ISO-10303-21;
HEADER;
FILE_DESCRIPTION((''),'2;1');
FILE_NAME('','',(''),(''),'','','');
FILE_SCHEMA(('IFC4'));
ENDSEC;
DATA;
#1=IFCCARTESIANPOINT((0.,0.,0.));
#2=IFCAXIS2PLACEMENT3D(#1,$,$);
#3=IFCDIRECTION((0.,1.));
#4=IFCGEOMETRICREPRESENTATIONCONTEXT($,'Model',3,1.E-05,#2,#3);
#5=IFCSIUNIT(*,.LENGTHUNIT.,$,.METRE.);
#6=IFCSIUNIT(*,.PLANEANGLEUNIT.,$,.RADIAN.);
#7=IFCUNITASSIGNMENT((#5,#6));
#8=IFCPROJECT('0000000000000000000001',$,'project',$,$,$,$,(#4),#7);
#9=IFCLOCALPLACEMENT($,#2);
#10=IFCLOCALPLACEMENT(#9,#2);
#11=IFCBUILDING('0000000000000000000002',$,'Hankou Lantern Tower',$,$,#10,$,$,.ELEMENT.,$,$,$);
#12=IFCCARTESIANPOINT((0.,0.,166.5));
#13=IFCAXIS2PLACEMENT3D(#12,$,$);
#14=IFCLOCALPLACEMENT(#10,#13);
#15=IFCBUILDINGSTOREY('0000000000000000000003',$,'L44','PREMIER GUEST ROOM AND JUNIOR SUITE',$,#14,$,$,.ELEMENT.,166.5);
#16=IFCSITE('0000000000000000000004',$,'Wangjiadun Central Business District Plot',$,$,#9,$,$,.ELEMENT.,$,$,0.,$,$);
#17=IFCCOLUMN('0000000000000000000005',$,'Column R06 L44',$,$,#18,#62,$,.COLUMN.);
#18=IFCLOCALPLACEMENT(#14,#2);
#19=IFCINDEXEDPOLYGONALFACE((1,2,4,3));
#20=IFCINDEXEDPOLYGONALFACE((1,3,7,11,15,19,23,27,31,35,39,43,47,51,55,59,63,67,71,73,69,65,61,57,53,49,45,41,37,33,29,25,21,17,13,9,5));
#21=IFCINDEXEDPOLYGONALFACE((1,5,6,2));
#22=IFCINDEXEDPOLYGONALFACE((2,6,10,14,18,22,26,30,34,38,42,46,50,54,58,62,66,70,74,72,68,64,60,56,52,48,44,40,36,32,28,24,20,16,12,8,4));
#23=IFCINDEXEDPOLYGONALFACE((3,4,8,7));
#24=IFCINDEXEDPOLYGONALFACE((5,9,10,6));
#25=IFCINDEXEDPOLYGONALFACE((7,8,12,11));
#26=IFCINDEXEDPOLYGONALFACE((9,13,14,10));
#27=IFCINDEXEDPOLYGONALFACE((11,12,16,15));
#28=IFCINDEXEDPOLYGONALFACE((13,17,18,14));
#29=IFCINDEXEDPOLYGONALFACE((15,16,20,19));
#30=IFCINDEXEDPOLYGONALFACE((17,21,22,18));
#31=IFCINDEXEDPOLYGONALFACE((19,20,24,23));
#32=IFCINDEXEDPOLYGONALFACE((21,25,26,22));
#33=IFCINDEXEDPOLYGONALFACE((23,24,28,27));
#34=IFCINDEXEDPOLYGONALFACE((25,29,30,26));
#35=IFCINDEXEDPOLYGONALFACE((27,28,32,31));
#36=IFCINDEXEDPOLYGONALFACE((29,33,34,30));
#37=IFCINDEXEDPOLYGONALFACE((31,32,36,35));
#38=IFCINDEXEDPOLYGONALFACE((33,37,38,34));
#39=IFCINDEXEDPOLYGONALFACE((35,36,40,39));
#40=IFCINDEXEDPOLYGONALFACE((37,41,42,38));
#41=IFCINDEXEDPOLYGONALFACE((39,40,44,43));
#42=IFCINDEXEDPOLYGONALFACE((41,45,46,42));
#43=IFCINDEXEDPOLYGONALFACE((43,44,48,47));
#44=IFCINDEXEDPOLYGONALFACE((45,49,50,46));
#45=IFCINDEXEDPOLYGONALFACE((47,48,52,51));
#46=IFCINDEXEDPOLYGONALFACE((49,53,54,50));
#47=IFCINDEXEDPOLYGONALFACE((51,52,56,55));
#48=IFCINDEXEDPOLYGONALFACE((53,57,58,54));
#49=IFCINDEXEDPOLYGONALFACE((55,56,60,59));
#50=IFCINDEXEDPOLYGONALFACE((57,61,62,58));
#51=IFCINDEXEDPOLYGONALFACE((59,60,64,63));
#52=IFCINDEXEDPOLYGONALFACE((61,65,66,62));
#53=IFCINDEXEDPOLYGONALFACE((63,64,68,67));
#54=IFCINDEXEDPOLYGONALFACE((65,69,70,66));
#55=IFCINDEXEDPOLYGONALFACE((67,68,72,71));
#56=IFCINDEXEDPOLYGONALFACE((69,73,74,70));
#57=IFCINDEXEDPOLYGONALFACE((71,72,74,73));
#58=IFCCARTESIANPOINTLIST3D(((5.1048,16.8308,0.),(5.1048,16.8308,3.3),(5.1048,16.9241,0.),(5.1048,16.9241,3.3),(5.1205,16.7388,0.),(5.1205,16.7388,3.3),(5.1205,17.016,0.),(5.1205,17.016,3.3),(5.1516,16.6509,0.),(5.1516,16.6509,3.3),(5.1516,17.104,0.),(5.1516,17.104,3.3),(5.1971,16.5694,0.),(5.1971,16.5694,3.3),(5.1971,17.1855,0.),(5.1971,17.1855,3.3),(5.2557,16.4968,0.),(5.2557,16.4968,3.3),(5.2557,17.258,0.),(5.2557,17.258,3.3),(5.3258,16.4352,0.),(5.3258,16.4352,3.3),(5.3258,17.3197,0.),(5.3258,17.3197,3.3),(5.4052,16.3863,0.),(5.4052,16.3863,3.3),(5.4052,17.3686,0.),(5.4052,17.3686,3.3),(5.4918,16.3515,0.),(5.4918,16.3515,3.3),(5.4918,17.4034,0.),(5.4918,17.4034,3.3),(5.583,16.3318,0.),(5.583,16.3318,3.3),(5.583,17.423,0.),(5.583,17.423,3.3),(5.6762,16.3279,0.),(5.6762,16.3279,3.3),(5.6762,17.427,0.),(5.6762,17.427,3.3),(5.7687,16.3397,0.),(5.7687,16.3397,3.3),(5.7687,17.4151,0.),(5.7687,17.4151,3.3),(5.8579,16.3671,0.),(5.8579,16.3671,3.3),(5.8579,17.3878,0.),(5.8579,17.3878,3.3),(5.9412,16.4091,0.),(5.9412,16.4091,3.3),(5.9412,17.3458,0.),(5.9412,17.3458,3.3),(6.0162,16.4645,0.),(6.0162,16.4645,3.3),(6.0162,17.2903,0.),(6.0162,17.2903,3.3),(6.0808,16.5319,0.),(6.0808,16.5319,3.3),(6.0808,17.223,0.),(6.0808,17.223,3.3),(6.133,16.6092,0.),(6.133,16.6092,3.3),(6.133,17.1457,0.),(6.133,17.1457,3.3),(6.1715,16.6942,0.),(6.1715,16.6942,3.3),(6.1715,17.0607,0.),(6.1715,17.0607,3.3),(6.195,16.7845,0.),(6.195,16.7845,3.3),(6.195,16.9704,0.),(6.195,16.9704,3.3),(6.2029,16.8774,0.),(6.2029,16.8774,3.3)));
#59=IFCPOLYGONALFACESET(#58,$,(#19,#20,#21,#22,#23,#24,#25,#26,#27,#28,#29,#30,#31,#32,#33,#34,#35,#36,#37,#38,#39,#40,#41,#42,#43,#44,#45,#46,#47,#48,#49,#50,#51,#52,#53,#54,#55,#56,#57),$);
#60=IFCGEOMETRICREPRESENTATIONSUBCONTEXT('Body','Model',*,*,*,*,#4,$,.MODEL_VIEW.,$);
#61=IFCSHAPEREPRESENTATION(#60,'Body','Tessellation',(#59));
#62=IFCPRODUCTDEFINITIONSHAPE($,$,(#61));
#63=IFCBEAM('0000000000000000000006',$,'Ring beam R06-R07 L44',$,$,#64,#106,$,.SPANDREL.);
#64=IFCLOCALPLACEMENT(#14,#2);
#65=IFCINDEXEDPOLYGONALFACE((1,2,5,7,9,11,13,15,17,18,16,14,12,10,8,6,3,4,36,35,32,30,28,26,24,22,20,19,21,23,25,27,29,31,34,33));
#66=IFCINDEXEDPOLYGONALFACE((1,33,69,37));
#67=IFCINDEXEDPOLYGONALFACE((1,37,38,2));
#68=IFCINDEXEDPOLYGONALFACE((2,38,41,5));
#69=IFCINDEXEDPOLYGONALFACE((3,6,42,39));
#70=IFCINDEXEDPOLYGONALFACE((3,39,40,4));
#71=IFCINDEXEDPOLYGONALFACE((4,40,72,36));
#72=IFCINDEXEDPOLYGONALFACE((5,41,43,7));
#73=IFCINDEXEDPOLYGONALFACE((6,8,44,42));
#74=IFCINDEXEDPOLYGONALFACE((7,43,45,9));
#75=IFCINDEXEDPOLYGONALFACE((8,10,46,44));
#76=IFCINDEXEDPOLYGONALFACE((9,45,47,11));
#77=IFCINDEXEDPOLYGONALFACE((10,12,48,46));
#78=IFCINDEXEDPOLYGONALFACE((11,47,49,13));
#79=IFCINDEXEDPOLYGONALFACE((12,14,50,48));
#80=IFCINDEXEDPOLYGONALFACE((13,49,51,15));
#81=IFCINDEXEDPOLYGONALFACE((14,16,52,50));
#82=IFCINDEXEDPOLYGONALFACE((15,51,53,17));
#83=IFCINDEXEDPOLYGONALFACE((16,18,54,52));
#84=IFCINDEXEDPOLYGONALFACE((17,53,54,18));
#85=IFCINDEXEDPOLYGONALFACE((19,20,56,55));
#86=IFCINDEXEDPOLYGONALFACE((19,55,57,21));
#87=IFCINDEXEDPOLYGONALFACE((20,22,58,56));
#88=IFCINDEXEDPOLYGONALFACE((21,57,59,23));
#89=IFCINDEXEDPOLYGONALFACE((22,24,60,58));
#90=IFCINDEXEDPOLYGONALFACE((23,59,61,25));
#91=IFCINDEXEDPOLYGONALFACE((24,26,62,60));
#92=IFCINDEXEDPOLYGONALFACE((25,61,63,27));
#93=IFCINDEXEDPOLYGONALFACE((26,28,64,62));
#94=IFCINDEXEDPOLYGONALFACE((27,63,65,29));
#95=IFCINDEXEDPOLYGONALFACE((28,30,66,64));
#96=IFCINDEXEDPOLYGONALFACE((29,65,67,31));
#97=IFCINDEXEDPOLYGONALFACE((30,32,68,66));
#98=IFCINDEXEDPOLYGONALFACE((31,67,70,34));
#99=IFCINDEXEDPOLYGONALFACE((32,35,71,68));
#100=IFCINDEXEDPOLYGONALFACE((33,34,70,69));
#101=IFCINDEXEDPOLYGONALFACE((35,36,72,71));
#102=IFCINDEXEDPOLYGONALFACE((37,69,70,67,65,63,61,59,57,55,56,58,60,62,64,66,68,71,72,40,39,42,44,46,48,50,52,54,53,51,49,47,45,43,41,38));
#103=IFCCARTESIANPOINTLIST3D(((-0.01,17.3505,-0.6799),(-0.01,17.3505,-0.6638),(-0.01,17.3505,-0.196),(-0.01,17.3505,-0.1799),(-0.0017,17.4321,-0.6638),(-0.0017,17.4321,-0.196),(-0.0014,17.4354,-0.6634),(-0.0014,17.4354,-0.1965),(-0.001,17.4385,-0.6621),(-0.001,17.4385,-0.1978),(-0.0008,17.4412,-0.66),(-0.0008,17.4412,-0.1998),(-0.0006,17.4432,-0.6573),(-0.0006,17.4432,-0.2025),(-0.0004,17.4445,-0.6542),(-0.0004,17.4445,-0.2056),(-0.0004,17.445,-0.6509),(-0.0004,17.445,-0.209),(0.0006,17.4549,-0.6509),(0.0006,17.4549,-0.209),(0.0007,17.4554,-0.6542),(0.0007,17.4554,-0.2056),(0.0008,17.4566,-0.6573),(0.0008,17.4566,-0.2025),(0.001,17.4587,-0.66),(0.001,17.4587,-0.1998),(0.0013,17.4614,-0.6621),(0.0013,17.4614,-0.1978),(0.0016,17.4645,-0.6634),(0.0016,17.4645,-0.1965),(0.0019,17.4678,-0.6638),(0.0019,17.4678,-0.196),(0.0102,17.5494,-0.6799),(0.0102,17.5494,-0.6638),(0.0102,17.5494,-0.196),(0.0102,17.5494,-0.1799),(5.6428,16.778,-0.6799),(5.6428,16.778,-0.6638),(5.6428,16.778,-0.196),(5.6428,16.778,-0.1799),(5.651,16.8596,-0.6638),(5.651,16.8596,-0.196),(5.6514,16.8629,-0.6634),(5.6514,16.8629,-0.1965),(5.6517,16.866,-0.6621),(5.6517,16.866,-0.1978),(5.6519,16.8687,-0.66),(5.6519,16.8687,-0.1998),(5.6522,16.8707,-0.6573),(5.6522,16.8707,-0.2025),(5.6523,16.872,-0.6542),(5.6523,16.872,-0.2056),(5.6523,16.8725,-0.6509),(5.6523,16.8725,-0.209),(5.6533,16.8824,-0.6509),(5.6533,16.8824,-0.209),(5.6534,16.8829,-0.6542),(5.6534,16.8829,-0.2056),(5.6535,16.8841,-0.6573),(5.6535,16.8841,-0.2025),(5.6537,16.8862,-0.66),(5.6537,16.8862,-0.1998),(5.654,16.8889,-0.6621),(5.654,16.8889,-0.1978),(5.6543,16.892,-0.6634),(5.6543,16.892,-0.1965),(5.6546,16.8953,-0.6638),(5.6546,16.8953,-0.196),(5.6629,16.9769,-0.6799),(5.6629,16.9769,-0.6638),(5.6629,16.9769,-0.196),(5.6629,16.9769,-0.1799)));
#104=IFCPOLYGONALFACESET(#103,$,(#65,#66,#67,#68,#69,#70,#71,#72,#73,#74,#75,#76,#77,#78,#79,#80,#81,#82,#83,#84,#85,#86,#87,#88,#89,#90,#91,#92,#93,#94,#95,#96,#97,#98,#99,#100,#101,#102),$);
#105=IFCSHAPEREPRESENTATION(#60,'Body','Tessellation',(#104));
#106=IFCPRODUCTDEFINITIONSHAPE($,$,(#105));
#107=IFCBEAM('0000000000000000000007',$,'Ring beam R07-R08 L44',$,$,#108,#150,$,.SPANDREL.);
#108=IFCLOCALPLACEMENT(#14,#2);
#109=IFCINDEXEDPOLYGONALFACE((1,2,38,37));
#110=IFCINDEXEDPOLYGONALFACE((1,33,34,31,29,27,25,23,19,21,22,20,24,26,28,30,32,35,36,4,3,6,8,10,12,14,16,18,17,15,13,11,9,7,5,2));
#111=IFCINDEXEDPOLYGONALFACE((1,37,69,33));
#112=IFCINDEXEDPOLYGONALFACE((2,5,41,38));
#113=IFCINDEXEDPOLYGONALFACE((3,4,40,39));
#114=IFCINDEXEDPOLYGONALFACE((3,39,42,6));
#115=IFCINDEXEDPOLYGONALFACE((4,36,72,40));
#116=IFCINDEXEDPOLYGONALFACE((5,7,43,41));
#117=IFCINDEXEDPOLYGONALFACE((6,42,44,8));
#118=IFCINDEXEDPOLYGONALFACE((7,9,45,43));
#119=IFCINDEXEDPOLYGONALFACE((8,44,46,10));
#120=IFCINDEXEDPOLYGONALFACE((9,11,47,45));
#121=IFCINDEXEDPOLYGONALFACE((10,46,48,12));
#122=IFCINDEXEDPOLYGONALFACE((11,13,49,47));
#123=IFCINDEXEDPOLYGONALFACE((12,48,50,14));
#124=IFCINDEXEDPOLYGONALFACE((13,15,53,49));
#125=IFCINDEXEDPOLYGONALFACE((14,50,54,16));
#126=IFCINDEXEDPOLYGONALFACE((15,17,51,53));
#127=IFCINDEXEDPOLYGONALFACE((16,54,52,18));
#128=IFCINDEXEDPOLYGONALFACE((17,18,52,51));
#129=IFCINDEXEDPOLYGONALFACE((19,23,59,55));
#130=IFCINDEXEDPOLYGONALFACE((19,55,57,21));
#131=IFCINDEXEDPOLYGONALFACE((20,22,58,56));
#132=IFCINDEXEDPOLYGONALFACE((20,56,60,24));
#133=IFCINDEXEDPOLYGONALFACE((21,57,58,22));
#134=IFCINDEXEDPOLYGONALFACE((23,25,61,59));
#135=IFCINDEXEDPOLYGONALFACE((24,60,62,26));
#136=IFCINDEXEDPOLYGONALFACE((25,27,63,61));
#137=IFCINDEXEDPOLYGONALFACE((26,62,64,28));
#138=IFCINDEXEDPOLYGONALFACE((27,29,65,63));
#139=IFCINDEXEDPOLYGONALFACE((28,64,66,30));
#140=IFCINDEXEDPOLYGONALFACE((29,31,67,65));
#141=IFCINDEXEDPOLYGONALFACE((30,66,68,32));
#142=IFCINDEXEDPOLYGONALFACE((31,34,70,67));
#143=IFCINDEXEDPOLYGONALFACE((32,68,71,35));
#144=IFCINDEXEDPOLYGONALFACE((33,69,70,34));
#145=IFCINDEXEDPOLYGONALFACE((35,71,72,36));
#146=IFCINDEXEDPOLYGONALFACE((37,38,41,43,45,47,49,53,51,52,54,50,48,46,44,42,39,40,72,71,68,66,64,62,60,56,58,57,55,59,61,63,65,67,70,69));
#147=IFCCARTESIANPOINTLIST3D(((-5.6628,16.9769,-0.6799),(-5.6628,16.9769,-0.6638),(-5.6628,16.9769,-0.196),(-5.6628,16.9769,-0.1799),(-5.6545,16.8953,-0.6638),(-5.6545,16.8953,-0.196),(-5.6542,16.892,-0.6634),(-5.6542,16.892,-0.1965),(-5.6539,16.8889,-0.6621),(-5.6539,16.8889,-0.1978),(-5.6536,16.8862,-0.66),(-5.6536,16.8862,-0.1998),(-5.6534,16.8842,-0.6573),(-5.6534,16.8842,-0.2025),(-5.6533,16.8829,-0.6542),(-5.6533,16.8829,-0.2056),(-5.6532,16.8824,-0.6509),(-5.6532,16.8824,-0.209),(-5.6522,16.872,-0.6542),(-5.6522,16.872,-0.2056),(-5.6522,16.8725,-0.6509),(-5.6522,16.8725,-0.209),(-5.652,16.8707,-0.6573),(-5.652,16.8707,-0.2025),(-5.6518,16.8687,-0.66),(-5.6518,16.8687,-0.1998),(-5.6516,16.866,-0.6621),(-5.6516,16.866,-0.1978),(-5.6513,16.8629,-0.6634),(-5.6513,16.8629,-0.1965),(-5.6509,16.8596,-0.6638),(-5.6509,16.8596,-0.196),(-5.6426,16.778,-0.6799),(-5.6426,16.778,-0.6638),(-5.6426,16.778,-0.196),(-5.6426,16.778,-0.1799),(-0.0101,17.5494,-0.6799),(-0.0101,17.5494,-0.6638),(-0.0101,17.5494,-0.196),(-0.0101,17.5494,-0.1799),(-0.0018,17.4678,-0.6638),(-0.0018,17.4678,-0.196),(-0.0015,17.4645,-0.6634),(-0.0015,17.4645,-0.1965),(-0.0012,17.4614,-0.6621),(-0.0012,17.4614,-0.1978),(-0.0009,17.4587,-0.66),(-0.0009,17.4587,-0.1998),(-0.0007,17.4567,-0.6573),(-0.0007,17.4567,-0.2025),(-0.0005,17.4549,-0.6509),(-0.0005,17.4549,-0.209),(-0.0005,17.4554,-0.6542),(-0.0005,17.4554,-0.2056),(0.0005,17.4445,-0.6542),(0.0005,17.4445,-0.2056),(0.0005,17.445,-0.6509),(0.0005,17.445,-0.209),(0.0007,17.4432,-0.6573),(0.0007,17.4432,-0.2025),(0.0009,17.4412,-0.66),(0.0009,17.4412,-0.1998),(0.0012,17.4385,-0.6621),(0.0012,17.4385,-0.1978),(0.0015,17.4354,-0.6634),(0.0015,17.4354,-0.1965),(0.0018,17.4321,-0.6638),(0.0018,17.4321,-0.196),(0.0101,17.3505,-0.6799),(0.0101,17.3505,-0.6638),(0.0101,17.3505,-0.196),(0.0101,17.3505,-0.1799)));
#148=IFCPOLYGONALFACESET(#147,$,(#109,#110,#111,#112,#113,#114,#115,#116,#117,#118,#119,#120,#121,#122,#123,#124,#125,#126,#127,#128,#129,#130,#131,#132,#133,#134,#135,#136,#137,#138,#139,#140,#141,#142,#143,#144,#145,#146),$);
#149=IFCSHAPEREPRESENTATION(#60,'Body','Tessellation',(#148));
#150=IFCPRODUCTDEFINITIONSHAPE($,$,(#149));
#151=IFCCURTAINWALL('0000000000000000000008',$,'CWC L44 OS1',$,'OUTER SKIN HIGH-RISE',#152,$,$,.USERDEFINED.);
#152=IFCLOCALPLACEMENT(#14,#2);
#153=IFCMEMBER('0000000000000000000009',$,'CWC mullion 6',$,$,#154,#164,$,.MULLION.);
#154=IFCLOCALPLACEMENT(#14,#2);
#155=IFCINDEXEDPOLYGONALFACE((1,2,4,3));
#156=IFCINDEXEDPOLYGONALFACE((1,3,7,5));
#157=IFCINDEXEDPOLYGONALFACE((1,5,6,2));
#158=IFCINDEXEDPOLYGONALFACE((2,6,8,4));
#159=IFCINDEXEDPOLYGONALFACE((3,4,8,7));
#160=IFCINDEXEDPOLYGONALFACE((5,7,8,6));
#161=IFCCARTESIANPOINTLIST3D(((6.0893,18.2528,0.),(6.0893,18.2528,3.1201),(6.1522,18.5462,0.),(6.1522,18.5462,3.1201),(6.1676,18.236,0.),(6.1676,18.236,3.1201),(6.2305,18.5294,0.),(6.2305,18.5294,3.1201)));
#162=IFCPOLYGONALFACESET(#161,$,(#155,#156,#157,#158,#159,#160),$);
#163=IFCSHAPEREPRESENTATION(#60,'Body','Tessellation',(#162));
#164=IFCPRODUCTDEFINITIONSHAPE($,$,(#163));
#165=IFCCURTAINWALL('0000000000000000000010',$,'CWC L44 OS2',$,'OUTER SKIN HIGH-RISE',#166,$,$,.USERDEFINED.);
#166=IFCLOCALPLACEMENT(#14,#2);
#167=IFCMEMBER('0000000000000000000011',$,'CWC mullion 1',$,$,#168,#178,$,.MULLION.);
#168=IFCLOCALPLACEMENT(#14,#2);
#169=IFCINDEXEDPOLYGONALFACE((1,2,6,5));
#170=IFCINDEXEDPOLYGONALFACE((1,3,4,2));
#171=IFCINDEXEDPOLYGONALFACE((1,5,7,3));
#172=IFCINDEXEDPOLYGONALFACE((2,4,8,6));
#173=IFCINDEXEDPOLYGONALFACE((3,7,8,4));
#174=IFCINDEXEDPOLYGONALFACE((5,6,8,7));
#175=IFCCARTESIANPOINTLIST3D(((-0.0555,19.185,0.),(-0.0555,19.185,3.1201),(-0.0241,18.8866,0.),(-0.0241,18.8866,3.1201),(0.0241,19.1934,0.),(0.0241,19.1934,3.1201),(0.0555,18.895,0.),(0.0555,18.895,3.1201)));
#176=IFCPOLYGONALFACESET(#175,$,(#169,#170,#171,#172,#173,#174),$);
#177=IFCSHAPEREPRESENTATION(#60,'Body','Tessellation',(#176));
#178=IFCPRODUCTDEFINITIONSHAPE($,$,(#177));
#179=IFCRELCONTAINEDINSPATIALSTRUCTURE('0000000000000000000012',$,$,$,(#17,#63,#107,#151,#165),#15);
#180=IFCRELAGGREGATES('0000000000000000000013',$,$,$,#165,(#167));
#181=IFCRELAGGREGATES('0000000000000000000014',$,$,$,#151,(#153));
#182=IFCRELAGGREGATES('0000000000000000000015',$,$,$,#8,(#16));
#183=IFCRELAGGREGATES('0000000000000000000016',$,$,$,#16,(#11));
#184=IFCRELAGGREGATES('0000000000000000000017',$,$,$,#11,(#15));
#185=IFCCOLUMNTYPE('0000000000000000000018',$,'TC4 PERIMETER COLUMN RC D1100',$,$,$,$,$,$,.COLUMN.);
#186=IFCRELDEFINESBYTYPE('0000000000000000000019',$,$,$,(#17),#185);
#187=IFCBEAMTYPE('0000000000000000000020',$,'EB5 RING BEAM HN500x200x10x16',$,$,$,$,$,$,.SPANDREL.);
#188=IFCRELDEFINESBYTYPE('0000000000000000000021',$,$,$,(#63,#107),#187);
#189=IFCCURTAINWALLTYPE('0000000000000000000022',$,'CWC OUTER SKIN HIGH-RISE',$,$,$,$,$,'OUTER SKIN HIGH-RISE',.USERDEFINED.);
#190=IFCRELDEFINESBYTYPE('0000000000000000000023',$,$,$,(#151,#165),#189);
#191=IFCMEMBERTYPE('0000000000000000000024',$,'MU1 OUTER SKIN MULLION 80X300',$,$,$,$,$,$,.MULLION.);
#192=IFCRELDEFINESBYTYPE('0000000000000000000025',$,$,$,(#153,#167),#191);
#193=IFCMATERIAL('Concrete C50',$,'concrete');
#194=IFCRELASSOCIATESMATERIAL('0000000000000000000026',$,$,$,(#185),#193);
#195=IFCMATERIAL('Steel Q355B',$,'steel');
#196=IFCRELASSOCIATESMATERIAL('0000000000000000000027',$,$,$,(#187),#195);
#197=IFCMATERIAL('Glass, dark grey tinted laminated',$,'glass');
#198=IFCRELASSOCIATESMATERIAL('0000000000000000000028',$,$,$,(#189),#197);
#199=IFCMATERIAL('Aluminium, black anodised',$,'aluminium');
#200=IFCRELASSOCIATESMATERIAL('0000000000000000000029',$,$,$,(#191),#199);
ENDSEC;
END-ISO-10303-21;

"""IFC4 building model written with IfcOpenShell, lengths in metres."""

from ifc_helpers import new_model, si_unit, direction, frame, origin, origin_2d, place, context, subcontext, project, spatial, rectangle, circle, i_section, extrude, material, material_profile, profile_set, type_object, element, aggregate, save


model = new_model("IFC4")

# Units and contexts
model_context = context("Model", 3, precision=1e-05, world=origin(), true_north=direction((0.0, 1.0)))
body_context = subcontext(model_context, "Body", "Model", "MODEL_VIEW")
ifc_project = project(units=[si_unit("LENGTHUNIT", "METRE"), si_unit("PLANEANGLEUNIT", "RADIAN")], contexts=[model_context])

# Site, building, storey
site_placement = place(None, origin())
site = spatial("IfcSite", under=ifc_project, at=site_placement, Name="Wangjiadun Central Business District Plot", CompositionType="ELEMENT", RefElevation=0.0)
building_placement = place(site_placement, origin())
building = spatial("IfcBuilding", under=site, at=building_placement, Name="Hankou Lantern Tower", CompositionType="ELEMENT")
storey_placement = place(building_placement, frame((0.0, 0.0, 166.5)))
storey = spatial("IfcBuildingStorey", under=building, at=storey_placement, Name="L44", Description="PREMIER GUEST ROOM AND JUNIOR SUITE", CompositionType="ELEMENT", Elevation=166.5)

# Column
ifc_material_1 = material(Name="Concrete C50", Category="concrete")
ifc_material_profile_1 = material_profile(ifc_material_1, circle(Radius=0.55, at=origin_2d()), Name="RC D1100")
ifc_profile_set_1 = profile_set([ifc_material_profile_1], Name="Concrete C50")
column_type = type_object("IfcColumnType", Name="TC4 PERIMETER COLUMN RC D1100", PredefinedType="COLUMN", material=ifc_profile_set_1)
column_placement = place(storey_placement, frame((5.6528, 16.8774, 0.0), z_axis=(0.0, 0.0, 1.0), x_axis=(1.0, 0.0, 0.0)))
element("IfcColumn", 1, at=column_placement, inside=storey, type_object=column_type, Name="Column R06 L44", PredefinedType="COLUMN", context=body_context, shape_type="SweptSolid", body=[
    extrude(circle(Radius=0.55, at=origin_2d()), origin(), (0.0, 0.0, 1.0), 3.3),
])

# Beams
ifc_material_2 = material(Name="Steel Q355B", Category="steel")
ifc_material_profile_2 = material_profile(ifc_material_2, i_section(OverallWidth=0.2, OverallDepth=0.5, WebThickness=0.01, FlangeThickness=0.0161, FilletRadius=0.0129, at=origin_2d()), Name="HN500x200x10x16")
ifc_profile_set_2 = profile_set([ifc_material_profile_2], Name="Steel Q355B")
beam_type_1 = type_object("IfcBeamType", Name="EB5 RING BEAM HN500x200x10x16", PredefinedType="SPANDREL", material=ifc_profile_set_2)
for number, where, z_axis, x_axis, name in (
    (2, (5.6528, 16.8774, -0.4299), (-0.99491, 0.100763, 0.0), (-0.100763, -0.99491, 0.0), "Ring beam R06-R07 L44"),
    (3, (0.0, 17.45, -0.4299), (-0.99491, -0.100763, 0.0), (0.100763, -0.99491, 0.0), "Ring beam R07-R08 L44"),
):
    element("IfcBeam", number, at=place(storey_placement, frame(where, z_axis=z_axis, x_axis=x_axis)), inside=storey, type_object=beam_type_1, Name=name, PredefinedType="SPANDREL", context=body_context, shape_type="SweptSolid", body=[
        extrude(i_section(OverallWidth=0.2, OverallDepth=0.5, WebThickness=0.01, FlangeThickness=0.0161, FilletRadius=0.0129, at=origin_2d()), origin(), (0.0, 0.0, 1.0), 5.6816),
    ])

# Curtain walls, members
ifc_material_3 = material(Name="Glass, dark grey tinted laminated", Category="glass")
curtain_wall_type = type_object("IfcCurtainWallType", Name="CWC OUTER SKIN HIGH-RISE", ElementType="OUTER SKIN HIGH-RISE", PredefinedType="USERDEFINED", material=ifc_material_3)
curtain_wall_1_placement = place(storey_placement, origin())
curtain_wall_1 = element("IfcCurtainWall", 4, at=curtain_wall_1_placement, inside=storey, type_object=curtain_wall_type, Name="CWC L44 OS1", ObjectType="OUTER SKIN HIGH-RISE", PredefinedType="USERDEFINED")
ifc_material_4 = material(Name="Aluminium, black anodised", Category="aluminium")
ifc_material_profile_3 = material_profile(ifc_material_4, rectangle(XDim=0.0801, YDim=0.3, at=origin_2d()), Name="MU1 80X300")
ifc_profile_set_3 = profile_set([ifc_material_profile_3], Name="Aluminium, black anodised")
member_type_1 = type_object("IfcMemberType", Name="MU1 OUTER SKIN MULLION 80X300", PredefinedType="MULLION", material=ifc_profile_set_3)
member_1_placement = place(storey_placement, frame((6.1599, 18.3911, 0.0), z_axis=(0.0, 0.0, 1.0), x_axis=(-0.977788, 0.209598, 0.0)))
member_1 = element("IfcMember", 5, at=member_1_placement, type_object=member_type_1, Name="CWC mullion 6", PredefinedType="MULLION", context=body_context, shape_type="SweptSolid", body=[
    extrude(rectangle(XDim=0.0801, YDim=0.3, at=origin_2d()), origin(), (0.0, 0.0, 1.0), 3.1201),
])
curtain_wall_2_placement = place(storey_placement, origin())
curtain_wall_2 = element("IfcCurtainWall", 6, at=curtain_wall_2_placement, inside=storey, type_object=curtain_wall_type, Name="CWC L44 OS2", ObjectType="OUTER SKIN HIGH-RISE", PredefinedType="USERDEFINED")
member_2_placement = place(storey_placement, frame((0.0, 19.04, 0.0), z_axis=(0.0, 0.0, 1.0), x_axis=(-0.994499, -0.104743, 0.0)))
member_2 = element("IfcMember", 7, at=member_2_placement, type_object=member_type_1, Name="CWC mullion 1", PredefinedType="MULLION", context=body_context, shape_type="SweptSolid", body=[
    extrude(rectangle(XDim=0.0801, YDim=0.3, at=origin_2d()), origin(), (0.0, 0.0, 1.0), 3.1201),
])
aggregate(curtain_wall_2, [member_2])

aggregate(curtain_wall_1, [member_1])

save(model, "model.ifc")
